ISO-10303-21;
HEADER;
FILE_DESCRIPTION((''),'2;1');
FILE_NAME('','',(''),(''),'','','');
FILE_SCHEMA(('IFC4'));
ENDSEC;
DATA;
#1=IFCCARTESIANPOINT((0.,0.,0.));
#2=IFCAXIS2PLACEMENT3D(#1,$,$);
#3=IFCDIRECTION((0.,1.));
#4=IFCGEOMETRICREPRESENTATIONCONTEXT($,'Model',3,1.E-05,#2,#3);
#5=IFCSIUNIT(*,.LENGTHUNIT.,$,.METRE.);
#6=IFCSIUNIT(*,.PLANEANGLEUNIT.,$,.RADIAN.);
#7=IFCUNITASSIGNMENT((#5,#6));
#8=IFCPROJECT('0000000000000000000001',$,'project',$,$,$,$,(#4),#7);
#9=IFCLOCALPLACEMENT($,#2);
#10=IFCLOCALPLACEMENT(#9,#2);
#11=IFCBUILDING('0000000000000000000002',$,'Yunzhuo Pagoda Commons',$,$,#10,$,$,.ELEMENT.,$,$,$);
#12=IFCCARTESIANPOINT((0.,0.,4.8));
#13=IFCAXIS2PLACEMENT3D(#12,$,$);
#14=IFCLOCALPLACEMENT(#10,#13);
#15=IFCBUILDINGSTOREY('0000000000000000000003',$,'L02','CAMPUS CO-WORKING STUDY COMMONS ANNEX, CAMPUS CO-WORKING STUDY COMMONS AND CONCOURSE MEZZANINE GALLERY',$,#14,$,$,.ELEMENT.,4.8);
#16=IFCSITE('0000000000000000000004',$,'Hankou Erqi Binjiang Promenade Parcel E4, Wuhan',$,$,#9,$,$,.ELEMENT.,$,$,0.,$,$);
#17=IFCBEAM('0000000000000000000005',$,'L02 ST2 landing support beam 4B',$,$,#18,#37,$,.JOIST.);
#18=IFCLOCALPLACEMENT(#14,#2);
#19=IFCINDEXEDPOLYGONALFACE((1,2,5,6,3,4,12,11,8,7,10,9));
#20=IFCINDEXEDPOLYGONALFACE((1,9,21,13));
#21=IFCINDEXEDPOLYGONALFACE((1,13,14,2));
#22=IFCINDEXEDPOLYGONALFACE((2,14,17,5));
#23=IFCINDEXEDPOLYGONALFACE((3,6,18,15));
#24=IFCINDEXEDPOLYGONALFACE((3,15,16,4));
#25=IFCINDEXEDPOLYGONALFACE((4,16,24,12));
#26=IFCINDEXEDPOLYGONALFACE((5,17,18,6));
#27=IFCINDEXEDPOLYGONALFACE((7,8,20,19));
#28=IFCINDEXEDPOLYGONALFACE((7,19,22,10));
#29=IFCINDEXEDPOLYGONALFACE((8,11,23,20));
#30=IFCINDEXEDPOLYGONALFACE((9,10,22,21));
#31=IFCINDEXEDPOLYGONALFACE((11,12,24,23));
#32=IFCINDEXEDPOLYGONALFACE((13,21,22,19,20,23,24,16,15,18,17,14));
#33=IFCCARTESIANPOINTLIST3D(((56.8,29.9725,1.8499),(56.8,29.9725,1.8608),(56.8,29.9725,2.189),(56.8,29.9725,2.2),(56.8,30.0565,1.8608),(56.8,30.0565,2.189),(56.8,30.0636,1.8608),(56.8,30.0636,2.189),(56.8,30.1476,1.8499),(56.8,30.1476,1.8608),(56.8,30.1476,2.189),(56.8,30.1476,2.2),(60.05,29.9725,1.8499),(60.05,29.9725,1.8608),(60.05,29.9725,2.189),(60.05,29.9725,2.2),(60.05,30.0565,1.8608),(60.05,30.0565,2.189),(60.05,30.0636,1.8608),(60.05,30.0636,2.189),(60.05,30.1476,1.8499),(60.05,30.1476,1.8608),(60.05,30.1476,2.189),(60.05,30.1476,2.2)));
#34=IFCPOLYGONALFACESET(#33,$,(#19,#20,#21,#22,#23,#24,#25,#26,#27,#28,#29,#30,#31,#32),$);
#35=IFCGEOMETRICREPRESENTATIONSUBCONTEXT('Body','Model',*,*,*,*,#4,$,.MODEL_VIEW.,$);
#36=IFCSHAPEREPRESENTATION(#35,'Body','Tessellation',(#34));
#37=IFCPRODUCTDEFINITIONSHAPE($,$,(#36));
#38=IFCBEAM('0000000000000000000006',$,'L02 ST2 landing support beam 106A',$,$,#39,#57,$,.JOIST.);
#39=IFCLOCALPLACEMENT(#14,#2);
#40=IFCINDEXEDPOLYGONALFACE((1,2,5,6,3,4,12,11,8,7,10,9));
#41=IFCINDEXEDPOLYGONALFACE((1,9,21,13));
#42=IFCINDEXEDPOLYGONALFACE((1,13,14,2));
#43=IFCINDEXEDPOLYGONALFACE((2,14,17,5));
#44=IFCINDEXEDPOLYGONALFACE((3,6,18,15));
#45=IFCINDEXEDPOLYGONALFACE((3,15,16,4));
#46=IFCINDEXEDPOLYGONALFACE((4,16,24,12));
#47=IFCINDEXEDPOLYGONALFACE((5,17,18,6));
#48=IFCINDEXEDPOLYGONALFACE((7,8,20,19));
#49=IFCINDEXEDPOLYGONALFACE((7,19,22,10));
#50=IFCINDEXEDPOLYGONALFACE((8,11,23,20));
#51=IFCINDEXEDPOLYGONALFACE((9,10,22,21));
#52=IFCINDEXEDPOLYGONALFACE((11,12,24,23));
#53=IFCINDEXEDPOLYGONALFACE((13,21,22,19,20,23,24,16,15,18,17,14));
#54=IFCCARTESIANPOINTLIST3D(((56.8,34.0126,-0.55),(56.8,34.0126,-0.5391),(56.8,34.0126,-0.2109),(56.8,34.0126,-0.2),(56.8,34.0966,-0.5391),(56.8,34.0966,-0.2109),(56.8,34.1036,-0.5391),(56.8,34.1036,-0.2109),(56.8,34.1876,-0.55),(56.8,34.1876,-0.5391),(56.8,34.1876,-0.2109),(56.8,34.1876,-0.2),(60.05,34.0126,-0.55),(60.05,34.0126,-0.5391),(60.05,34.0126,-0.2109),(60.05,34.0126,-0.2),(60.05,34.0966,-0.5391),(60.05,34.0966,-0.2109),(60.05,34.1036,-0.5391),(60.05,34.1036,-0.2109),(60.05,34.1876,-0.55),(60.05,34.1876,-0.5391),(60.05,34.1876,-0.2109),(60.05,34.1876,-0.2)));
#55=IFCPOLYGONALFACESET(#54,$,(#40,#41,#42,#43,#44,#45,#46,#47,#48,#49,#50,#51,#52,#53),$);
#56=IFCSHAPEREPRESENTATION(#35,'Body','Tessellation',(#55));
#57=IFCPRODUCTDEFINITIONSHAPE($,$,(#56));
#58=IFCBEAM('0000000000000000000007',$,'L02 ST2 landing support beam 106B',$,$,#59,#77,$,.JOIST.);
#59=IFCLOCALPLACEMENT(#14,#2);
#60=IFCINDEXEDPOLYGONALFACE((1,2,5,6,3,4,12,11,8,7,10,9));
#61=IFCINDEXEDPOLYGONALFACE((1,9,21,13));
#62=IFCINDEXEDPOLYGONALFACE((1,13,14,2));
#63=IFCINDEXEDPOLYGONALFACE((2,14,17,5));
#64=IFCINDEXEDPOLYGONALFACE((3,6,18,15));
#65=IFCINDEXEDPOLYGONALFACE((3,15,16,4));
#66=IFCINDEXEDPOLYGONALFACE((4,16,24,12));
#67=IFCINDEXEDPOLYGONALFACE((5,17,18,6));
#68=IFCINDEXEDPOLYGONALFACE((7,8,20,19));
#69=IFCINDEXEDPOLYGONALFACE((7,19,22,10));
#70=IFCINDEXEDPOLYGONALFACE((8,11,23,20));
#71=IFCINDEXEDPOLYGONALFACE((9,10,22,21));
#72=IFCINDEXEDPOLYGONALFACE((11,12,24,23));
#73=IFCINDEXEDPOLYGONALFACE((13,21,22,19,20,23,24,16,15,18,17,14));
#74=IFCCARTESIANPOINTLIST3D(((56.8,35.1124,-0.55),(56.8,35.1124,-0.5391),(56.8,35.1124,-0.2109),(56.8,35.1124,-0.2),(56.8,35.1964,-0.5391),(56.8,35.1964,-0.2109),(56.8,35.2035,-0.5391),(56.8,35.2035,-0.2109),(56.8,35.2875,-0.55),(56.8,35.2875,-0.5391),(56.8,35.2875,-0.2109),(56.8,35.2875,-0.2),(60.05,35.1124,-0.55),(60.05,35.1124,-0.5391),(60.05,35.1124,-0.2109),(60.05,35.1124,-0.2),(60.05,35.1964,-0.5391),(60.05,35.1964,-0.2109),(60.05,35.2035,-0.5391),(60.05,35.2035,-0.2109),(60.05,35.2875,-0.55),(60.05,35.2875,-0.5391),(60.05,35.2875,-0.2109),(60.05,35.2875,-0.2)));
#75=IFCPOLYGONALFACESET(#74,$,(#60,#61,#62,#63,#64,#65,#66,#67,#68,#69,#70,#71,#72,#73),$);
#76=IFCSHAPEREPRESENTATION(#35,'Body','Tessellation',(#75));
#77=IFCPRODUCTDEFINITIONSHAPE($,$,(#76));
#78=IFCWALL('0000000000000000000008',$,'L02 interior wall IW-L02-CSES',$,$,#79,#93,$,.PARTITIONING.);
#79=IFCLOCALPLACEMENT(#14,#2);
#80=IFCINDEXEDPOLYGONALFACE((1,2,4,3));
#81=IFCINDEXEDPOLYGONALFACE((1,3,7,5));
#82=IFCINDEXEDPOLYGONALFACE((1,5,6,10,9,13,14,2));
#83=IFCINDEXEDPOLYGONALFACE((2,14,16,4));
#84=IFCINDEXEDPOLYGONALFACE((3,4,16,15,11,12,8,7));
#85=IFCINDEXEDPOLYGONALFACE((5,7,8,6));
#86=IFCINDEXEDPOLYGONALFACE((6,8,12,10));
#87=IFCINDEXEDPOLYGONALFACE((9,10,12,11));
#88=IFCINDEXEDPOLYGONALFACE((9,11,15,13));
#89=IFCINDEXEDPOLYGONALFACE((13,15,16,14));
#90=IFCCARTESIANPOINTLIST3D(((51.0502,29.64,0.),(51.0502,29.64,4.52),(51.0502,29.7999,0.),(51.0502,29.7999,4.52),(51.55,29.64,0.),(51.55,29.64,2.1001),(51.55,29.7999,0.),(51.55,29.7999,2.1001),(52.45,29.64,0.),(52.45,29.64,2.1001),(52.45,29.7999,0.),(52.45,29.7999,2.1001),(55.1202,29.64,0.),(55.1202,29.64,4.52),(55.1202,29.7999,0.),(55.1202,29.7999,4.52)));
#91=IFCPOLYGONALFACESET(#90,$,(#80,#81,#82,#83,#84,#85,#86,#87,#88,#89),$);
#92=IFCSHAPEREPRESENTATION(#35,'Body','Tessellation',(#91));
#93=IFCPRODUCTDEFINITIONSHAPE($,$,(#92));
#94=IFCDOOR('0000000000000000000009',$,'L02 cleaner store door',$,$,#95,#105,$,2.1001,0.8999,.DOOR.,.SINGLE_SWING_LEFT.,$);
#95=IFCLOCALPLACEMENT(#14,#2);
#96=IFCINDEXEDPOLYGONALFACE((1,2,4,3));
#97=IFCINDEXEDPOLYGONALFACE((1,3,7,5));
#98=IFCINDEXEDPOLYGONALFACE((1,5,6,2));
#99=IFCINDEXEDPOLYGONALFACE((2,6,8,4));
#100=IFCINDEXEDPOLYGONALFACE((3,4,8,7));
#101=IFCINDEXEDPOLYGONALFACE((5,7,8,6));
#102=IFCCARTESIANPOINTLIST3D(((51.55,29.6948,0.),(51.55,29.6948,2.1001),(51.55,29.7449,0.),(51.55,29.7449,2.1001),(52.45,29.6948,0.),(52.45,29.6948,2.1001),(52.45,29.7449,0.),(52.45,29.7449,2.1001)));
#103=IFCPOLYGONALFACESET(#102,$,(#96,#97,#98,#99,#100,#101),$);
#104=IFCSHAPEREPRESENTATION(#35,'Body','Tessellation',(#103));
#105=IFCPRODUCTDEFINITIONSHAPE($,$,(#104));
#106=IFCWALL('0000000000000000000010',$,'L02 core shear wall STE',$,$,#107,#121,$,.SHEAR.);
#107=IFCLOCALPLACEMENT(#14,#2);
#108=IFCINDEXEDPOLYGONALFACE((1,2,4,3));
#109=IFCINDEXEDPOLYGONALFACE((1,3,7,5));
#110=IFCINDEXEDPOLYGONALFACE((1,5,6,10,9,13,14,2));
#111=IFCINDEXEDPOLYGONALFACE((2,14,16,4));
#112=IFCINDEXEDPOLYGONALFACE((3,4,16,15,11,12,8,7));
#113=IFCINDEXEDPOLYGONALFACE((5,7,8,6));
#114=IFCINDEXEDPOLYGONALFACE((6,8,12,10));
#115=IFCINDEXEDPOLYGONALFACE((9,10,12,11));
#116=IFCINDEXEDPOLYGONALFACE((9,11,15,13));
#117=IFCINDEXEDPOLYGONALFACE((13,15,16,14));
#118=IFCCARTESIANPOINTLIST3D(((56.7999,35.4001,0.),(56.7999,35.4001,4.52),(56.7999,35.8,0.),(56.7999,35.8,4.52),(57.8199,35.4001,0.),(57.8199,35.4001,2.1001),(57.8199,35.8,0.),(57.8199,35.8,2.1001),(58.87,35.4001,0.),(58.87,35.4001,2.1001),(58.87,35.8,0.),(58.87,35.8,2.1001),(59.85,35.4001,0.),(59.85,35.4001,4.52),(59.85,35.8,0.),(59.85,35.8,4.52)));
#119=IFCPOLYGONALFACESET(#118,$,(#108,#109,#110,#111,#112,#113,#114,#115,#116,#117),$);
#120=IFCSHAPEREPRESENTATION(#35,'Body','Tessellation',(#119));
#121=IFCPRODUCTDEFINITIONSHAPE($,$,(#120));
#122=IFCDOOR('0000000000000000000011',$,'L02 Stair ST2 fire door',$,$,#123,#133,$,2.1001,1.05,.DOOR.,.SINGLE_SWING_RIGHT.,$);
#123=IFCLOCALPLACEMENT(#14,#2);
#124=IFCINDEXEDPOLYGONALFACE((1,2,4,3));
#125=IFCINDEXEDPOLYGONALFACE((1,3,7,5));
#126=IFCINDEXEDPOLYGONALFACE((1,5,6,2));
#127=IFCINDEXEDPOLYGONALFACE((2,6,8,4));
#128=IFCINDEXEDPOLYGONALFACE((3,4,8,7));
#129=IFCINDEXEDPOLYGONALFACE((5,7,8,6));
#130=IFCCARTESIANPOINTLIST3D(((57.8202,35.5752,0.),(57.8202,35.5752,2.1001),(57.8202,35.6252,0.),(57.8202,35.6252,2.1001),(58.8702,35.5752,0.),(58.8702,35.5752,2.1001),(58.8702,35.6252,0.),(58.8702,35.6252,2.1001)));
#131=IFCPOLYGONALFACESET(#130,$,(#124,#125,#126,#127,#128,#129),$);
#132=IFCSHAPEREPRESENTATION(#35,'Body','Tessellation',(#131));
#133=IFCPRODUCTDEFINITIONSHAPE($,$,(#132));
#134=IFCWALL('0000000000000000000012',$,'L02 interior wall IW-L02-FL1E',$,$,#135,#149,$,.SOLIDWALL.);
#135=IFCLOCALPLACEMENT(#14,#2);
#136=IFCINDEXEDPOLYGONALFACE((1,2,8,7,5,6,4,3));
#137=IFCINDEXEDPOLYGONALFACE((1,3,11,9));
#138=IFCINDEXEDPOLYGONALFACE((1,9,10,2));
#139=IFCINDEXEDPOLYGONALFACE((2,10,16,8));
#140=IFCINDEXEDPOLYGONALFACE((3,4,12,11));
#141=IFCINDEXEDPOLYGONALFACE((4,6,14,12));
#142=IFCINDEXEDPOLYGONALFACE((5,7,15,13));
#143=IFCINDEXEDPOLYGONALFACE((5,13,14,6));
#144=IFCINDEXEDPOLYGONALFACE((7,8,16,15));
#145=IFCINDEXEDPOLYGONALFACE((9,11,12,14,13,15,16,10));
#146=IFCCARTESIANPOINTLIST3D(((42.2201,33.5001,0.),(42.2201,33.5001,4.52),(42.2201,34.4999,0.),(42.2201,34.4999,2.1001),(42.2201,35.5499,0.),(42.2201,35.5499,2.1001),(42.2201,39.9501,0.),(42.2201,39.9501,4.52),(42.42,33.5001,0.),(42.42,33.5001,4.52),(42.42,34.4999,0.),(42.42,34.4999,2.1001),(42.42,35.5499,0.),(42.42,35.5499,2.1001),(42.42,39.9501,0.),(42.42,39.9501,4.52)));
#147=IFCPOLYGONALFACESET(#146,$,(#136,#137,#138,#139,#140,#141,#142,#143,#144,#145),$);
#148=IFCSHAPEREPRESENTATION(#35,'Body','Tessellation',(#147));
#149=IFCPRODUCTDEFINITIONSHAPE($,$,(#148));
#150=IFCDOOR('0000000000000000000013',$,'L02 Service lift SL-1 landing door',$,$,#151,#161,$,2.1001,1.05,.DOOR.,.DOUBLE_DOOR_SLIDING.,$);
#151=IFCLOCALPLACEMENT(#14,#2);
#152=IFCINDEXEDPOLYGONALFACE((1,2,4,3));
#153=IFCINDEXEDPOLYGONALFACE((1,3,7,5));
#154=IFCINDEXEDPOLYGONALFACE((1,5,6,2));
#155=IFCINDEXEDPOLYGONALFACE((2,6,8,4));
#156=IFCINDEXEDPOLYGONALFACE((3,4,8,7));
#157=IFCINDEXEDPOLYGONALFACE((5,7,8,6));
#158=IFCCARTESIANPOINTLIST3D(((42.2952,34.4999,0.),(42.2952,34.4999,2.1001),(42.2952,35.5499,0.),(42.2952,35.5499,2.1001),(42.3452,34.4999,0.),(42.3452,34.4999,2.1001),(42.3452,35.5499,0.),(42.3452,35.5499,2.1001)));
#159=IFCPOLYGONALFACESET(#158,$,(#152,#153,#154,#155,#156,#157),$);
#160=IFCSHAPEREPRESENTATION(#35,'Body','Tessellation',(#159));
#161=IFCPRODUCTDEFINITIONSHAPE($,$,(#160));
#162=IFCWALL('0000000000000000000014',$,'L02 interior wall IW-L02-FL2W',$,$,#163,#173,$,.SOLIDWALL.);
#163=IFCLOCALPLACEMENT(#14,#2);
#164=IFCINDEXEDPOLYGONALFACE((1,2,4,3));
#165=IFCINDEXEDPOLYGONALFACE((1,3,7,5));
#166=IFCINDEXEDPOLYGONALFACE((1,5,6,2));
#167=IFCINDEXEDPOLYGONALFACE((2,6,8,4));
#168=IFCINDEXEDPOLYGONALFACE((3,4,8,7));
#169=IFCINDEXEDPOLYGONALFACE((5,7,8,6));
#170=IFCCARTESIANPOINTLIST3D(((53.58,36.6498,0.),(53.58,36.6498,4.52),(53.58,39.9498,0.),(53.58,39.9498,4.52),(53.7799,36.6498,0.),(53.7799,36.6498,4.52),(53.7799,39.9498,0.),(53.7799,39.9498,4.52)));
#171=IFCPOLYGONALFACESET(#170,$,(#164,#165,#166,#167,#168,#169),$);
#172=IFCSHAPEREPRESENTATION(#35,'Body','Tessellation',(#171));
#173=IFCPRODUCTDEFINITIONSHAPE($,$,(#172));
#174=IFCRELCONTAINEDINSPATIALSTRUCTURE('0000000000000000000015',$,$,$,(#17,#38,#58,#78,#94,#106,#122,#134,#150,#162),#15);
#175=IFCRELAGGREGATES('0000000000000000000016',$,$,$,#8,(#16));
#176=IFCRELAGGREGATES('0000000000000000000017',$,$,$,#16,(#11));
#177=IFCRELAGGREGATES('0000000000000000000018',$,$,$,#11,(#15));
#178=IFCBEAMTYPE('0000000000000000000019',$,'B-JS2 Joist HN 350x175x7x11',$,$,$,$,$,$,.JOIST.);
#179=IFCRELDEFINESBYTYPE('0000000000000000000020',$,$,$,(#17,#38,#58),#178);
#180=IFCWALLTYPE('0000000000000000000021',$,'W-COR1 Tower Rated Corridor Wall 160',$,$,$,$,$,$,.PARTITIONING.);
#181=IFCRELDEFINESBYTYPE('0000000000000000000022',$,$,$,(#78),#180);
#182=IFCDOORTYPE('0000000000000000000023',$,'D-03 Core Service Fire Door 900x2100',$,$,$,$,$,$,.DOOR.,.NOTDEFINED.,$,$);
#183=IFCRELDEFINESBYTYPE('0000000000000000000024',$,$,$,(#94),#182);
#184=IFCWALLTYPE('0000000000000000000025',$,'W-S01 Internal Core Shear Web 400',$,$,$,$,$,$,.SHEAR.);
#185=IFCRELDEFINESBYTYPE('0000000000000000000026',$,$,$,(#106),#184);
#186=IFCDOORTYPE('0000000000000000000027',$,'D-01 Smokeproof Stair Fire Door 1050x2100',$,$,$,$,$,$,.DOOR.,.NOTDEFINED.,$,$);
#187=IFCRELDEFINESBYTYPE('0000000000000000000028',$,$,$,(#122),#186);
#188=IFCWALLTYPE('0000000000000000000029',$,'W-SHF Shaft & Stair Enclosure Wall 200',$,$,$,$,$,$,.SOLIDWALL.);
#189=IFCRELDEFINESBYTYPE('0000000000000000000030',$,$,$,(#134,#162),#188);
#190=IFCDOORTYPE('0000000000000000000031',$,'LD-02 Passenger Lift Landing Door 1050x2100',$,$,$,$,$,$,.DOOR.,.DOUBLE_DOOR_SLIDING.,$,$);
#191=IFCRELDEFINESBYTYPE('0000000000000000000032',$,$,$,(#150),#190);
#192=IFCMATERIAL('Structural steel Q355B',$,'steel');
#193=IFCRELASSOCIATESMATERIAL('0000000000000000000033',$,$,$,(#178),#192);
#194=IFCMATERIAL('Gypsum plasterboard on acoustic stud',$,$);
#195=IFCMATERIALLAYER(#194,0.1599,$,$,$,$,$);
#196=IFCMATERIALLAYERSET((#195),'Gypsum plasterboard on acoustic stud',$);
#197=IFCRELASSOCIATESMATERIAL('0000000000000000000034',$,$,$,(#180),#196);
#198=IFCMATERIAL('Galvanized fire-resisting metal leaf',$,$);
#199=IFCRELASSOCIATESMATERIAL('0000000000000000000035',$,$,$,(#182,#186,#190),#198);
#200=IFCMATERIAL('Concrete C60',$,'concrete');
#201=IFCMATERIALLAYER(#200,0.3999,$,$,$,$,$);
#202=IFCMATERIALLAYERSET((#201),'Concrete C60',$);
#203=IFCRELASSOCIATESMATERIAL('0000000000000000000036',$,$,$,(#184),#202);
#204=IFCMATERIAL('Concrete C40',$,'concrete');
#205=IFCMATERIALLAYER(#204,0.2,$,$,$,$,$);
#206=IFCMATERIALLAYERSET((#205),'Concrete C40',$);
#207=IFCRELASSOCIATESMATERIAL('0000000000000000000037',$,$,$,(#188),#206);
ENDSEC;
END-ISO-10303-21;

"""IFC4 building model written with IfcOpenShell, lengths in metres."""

from ifc_helpers import new_model, si_unit, direction, frame, frame_2d, origin, origin_with_axes, origin_2d, place, context, subcontext, project, spatial, rectangle, i_section, extrude, source, transform, mapped, material, layer, layer_set, material_profile, profile_set, type_object, element, fill, save


model = new_model("IFC4")

# Units and contexts
model_context = context("Model", 3, precision=1e-05, world=origin(), true_north=direction((0.0, 1.0)))
body_context = subcontext(model_context, "Body", "Model", "MODEL_VIEW")
ifc_project = project(units=[si_unit("LENGTHUNIT", "METRE"), si_unit("PLANEANGLEUNIT", "RADIAN")], contexts=[model_context])

# Site, building, storey
site_placement = place(None, origin())
site = spatial("IfcSite", under=ifc_project, at=site_placement, Name="Hankou Erqi Binjiang Promenade Parcel E4, Wuhan", CompositionType="ELEMENT", RefElevation=0.0)
building_placement = place(site_placement, origin())
building = spatial("IfcBuilding", under=site, at=building_placement, Name="Yunzhuo Pagoda Commons", CompositionType="ELEMENT")
storey_placement = place(building_placement, frame((0.0, 0.0, 4.8)))
storey = spatial("IfcBuildingStorey", under=building, at=storey_placement, Name="L02", Description="CAMPUS CO-WORKING STUDY COMMONS ANNEX, CAMPUS CO-WORKING STUDY COMMONS AND CONCOURSE MEZZANINE GALLERY", CompositionType="ELEMENT", Elevation=4.8)

# Beams
ifc_material_1 = material(Name="Structural steel Q355B", Category="steel")
ifc_material_profile = material_profile(ifc_material_1, i_section(OverallWidth=0.175, OverallDepth=0.3501, WebThickness=0.0071, FlangeThickness=0.011, at=origin_2d()), Name="Structural steel Q355B")
ifc_profile_set = profile_set([ifc_material_profile], Name="Structural steel Q355B")
beam_type = type_object("IfcBeamType", Name="B-JS2 Joist HN 350x175x7x11", PredefinedType="JOIST", material=ifc_profile_set)
shared_shape_1 = source(origin(), body_context, "Body", "SweptSolid", [
    extrude(i_section(OverallWidth=0.175, OverallDepth=0.3501, WebThickness=0.0071, FlangeThickness=0.011, at=origin_2d()), origin(), (0.0, 0.0, 1.0), 3.25),
])
for number, where, z_axis, x_axis, name in (
    (1, (56.8, 30.0601, 2.0249), (1.0, 0.0, 0.0), (0.0, 1.0, 0.0), "L02 ST2 landing support beam 4B"),
    (2, (56.8, 34.1001, -0.375), (1.0, 0.0, 0.0), (0.0, 1.0, 0.0), "L02 ST2 landing support beam 106A"),
    (3, (56.8, 35.2, -0.375), (1.0, 0.0, 0.0), (0.0, 1.0, 0.0), "L02 ST2 landing support beam 106B"),
):
    element("IfcBeam", number, at=place(storey_placement, frame(where, z_axis=z_axis, x_axis=x_axis)), inside=storey, type_object=beam_type, Name=name, PredefinedType="JOIST", context=body_context, shape_type="MappedRepresentation", body=[
        mapped(shared_shape_1, transform((0.0, 0.0, 0.0), scale=1.0)),
    ])

# Walls, openings, doors
ifc_material_2 = material(Name="Gypsum plasterboard on acoustic stud")
ifc_layer_1 = layer(ifc_material_2, 0.1599)
ifc_layer_set_1 = layer_set([ifc_layer_1], Name="Gypsum plasterboard on acoustic stud")
wall_type_1 = type_object("IfcWallType", Name="W-COR1 Tower Rated Corridor Wall 160", PredefinedType="PARTITIONING", material=ifc_layer_set_1)
wall_1_placement = place(storey_placement, frame((51.05, 29.72, 0.0), z_axis=(0.0, 0.0, 1.0), x_axis=(1.0, 0.0, 0.0)))
wall_1 = element("IfcWall", 4, at=wall_1_placement, inside=storey, type_object=wall_type_1, Name="L02 interior wall IW-L02-CSES", PredefinedType="PARTITIONING", context=body_context, shape_type="SweptSolid", body=[
    extrude(rectangle(XDim=4.0701, YDim=0.1599, at=frame_2d((2.0352, 0.0))), origin(), (0.0, 0.0, 1.0), 4.52),
])
opening_1_placement = place(wall_1_placement, frame((0.5, 0.0, 0.0)))
opening_1 = element("IfcOpeningElement", 5, at=opening_1_placement, cuts=wall_1, PredefinedType="OPENING", context=body_context, shape_type="SweptSolid", body=[
    extrude(rectangle(XDim=0.8999, YDim=2.1001, at=frame_2d((0.45, 1.05))), frame((0.0, 0.0898, 0.0), z_axis=(0.0, -1.0, 0.0), x_axis=(1.0, 0.0, 0.0)), (0.0, 0.0, 1.0), 0.1799),
])
ifc_material_3 = material(Name="Galvanized fire-resisting metal leaf")
door_type_1 = type_object("IfcDoorType", Name="D-03 Core Service Fire Door 900x2100", OperationType="NOTDEFINED", PredefinedType="DOOR", material=ifc_material_3)
shared_shape_2 = source(origin(), body_context, "Body", "SweptSolid", [
    extrude(rectangle(XDim=0.8999, YDim=2.1001, at=frame_2d((0.45, 1.05))), frame((0.0, 0.0249, 0.0), z_axis=(0.0, -1.0, 0.0), x_axis=(1.0, 0.0, 0.0)), (0.0, 0.0, 1.0), 0.05),
])
door_1_placement = place(opening_1_placement, origin_with_axes())
door_1 = element("IfcDoor", 6, at=door_1_placement, inside=storey, type_object=door_type_1, Name="L02 cleaner store door", OperationType="SINGLE_SWING_LEFT", OverallHeight=2.1001, OverallWidth=0.8999, PredefinedType="DOOR", context=body_context, shape_type="MappedRepresentation", body=[
    mapped(shared_shape_2, transform((0.0, 0.0, 0.0), scale=1.0)),
])
fill(opening_1, door_1)
ifc_material_4 = material(Name="Concrete C60", Category="concrete")
ifc_layer_2 = layer(ifc_material_4, 0.3999)
ifc_layer_set_2 = layer_set([ifc_layer_2], Name="Concrete C60")
wall_type_2 = type_object("IfcWallType", Name="W-S01 Internal Core Shear Web 400", PredefinedType="SHEAR", material=ifc_layer_set_2)
wall_2_placement = place(storey_placement, frame((56.8, 35.6001, 0.0), z_axis=(0.0, 0.0, 1.0), x_axis=(1.0, 0.0, 0.0)))
wall_2 = element("IfcWall", 7, at=wall_2_placement, inside=storey, type_object=wall_type_2, Name="L02 core shear wall STE", PredefinedType="SHEAR", context=body_context, shape_type="SweptSolid", body=[
    extrude(rectangle(XDim=3.05, YDim=0.3999, at=frame_2d((1.5249, 0.0))), origin(), (0.0, 0.0, 1.0), 4.52),
])
opening_2_placement = place(wall_2_placement, frame((1.02, 0.0, 0.0)))
opening_2 = element("IfcOpeningElement", 8, at=opening_2_placement, cuts=wall_2, PredefinedType="OPENING", context=body_context, shape_type="SweptSolid", body=[
    extrude(rectangle(XDim=1.05, YDim=2.1001, at=frame_2d((0.5249, 1.05))), frame((0.0, 0.21, 0.0), z_axis=(0.0, -1.0, 0.0), x_axis=(1.0, 0.0, 0.0)), (0.0, 0.0, 1.0), 0.4199),
])
door_type_2 = type_object("IfcDoorType", Name="D-01 Smokeproof Stair Fire Door 1050x2100", OperationType="NOTDEFINED", PredefinedType="DOOR", material=ifc_material_3)
shared_shape_3 = source(origin(), body_context, "Body", "SweptSolid", [
    extrude(rectangle(XDim=1.05, YDim=2.1001, at=frame_2d((0.5249, 1.05))), frame((0.0, 0.0249, 0.0), z_axis=(0.0, -1.0, 0.0), x_axis=(1.0, 0.0, 0.0)), (0.0, 0.0, 1.0), 0.05),
])
door_2_placement = place(opening_2_placement, frame((1.05, 0.0, 0.0), z_axis=(0.0, 0.0, 1.0), x_axis=(-1.0, 0.0, 0.0)))
door_2 = element("IfcDoor", 9, at=door_2_placement, inside=storey, type_object=door_type_2, Name="L02 Stair ST2 fire door", OperationType="SINGLE_SWING_RIGHT", OverallHeight=2.1001, OverallWidth=1.05, PredefinedType="DOOR", context=body_context, shape_type="MappedRepresentation", body=[
    mapped(shared_shape_3, transform((0.0, 0.0, 0.0), scale=1.0)),
])
fill(opening_2, door_2)
ifc_material_5 = material(Name="Concrete C40", Category="concrete")
ifc_layer_3 = layer(ifc_material_5, 0.2)
ifc_layer_set_3 = layer_set([ifc_layer_3], Name="Concrete C40")
wall_type_3 = type_object("IfcWallType", Name="W-SHF Shaft & Stair Enclosure Wall 200", PredefinedType="SOLIDWALL", material=ifc_layer_set_3)
wall_3_placement = place(storey_placement, frame((42.3201, 33.5, 0.0), z_axis=(0.0, 0.0, 1.0), x_axis=(0.0, 1.0, 0.0)))
wall_3 = element("IfcWall", 10, at=wall_3_placement, inside=storey, type_object=wall_type_3, Name="L02 interior wall IW-L02-FL1E", PredefinedType="SOLIDWALL", context=body_context, shape_type="SweptSolid", body=[
    extrude(rectangle(XDim=6.45, YDim=0.2, at=frame_2d((3.2251, 0.0))), origin(), (0.0, 0.0, 1.0), 4.52),
])
opening_3_placement = place(wall_3_placement, frame((1.0, 0.0, 0.0)))
opening_3 = element("IfcOpeningElement", 11, at=opening_3_placement, cuts=wall_3, PredefinedType="OPENING", context=body_context, shape_type="SweptSolid", body=[
    extrude(rectangle(XDim=1.05, YDim=2.1001, at=frame_2d((0.5249, 1.05))), frame((0.0, 0.1099, 0.0), z_axis=(0.0, -1.0, 0.0), x_axis=(1.0, 0.0, 0.0)), (0.0, 0.0, 1.0), 0.22),
])
door_type_3 = type_object("IfcDoorType", Name="LD-02 Passenger Lift Landing Door 1050x2100", OperationType="DOUBLE_DOOR_SLIDING", PredefinedType="DOOR", material=ifc_material_3)
door_3_placement = place(opening_3_placement, origin_with_axes())
door_3 = element("IfcDoor", 12, at=door_3_placement, inside=storey, type_object=door_type_3, Name="L02 Service lift SL-1 landing door", OperationType="DOUBLE_DOOR_SLIDING", OverallHeight=2.1001, OverallWidth=1.05, PredefinedType="DOOR", context=body_context, shape_type="MappedRepresentation", body=[
    mapped(shared_shape_3, transform((0.0, 0.0, 0.0), scale=1.0)),
])
fill(opening_3, door_3)

# Wall
wall_4_placement = place(storey_placement, frame((53.6799, 36.6499, 0.0), z_axis=(0.0, 0.0, 1.0), x_axis=(0.0, 1.0, 0.0)))
element("IfcWall", 13, at=wall_4_placement, inside=storey, type_object=wall_type_3, Name="L02 interior wall IW-L02-FL2W", PredefinedType="SOLIDWALL", context=body_context, shape_type="SweptSolid", body=[
    extrude(rectangle(XDim=3.3, YDim=0.2, at=frame_2d((1.6499, 0.0))), origin(), (0.0, 0.0, 1.0), 4.52),
])

save(model, "model.ifc")
